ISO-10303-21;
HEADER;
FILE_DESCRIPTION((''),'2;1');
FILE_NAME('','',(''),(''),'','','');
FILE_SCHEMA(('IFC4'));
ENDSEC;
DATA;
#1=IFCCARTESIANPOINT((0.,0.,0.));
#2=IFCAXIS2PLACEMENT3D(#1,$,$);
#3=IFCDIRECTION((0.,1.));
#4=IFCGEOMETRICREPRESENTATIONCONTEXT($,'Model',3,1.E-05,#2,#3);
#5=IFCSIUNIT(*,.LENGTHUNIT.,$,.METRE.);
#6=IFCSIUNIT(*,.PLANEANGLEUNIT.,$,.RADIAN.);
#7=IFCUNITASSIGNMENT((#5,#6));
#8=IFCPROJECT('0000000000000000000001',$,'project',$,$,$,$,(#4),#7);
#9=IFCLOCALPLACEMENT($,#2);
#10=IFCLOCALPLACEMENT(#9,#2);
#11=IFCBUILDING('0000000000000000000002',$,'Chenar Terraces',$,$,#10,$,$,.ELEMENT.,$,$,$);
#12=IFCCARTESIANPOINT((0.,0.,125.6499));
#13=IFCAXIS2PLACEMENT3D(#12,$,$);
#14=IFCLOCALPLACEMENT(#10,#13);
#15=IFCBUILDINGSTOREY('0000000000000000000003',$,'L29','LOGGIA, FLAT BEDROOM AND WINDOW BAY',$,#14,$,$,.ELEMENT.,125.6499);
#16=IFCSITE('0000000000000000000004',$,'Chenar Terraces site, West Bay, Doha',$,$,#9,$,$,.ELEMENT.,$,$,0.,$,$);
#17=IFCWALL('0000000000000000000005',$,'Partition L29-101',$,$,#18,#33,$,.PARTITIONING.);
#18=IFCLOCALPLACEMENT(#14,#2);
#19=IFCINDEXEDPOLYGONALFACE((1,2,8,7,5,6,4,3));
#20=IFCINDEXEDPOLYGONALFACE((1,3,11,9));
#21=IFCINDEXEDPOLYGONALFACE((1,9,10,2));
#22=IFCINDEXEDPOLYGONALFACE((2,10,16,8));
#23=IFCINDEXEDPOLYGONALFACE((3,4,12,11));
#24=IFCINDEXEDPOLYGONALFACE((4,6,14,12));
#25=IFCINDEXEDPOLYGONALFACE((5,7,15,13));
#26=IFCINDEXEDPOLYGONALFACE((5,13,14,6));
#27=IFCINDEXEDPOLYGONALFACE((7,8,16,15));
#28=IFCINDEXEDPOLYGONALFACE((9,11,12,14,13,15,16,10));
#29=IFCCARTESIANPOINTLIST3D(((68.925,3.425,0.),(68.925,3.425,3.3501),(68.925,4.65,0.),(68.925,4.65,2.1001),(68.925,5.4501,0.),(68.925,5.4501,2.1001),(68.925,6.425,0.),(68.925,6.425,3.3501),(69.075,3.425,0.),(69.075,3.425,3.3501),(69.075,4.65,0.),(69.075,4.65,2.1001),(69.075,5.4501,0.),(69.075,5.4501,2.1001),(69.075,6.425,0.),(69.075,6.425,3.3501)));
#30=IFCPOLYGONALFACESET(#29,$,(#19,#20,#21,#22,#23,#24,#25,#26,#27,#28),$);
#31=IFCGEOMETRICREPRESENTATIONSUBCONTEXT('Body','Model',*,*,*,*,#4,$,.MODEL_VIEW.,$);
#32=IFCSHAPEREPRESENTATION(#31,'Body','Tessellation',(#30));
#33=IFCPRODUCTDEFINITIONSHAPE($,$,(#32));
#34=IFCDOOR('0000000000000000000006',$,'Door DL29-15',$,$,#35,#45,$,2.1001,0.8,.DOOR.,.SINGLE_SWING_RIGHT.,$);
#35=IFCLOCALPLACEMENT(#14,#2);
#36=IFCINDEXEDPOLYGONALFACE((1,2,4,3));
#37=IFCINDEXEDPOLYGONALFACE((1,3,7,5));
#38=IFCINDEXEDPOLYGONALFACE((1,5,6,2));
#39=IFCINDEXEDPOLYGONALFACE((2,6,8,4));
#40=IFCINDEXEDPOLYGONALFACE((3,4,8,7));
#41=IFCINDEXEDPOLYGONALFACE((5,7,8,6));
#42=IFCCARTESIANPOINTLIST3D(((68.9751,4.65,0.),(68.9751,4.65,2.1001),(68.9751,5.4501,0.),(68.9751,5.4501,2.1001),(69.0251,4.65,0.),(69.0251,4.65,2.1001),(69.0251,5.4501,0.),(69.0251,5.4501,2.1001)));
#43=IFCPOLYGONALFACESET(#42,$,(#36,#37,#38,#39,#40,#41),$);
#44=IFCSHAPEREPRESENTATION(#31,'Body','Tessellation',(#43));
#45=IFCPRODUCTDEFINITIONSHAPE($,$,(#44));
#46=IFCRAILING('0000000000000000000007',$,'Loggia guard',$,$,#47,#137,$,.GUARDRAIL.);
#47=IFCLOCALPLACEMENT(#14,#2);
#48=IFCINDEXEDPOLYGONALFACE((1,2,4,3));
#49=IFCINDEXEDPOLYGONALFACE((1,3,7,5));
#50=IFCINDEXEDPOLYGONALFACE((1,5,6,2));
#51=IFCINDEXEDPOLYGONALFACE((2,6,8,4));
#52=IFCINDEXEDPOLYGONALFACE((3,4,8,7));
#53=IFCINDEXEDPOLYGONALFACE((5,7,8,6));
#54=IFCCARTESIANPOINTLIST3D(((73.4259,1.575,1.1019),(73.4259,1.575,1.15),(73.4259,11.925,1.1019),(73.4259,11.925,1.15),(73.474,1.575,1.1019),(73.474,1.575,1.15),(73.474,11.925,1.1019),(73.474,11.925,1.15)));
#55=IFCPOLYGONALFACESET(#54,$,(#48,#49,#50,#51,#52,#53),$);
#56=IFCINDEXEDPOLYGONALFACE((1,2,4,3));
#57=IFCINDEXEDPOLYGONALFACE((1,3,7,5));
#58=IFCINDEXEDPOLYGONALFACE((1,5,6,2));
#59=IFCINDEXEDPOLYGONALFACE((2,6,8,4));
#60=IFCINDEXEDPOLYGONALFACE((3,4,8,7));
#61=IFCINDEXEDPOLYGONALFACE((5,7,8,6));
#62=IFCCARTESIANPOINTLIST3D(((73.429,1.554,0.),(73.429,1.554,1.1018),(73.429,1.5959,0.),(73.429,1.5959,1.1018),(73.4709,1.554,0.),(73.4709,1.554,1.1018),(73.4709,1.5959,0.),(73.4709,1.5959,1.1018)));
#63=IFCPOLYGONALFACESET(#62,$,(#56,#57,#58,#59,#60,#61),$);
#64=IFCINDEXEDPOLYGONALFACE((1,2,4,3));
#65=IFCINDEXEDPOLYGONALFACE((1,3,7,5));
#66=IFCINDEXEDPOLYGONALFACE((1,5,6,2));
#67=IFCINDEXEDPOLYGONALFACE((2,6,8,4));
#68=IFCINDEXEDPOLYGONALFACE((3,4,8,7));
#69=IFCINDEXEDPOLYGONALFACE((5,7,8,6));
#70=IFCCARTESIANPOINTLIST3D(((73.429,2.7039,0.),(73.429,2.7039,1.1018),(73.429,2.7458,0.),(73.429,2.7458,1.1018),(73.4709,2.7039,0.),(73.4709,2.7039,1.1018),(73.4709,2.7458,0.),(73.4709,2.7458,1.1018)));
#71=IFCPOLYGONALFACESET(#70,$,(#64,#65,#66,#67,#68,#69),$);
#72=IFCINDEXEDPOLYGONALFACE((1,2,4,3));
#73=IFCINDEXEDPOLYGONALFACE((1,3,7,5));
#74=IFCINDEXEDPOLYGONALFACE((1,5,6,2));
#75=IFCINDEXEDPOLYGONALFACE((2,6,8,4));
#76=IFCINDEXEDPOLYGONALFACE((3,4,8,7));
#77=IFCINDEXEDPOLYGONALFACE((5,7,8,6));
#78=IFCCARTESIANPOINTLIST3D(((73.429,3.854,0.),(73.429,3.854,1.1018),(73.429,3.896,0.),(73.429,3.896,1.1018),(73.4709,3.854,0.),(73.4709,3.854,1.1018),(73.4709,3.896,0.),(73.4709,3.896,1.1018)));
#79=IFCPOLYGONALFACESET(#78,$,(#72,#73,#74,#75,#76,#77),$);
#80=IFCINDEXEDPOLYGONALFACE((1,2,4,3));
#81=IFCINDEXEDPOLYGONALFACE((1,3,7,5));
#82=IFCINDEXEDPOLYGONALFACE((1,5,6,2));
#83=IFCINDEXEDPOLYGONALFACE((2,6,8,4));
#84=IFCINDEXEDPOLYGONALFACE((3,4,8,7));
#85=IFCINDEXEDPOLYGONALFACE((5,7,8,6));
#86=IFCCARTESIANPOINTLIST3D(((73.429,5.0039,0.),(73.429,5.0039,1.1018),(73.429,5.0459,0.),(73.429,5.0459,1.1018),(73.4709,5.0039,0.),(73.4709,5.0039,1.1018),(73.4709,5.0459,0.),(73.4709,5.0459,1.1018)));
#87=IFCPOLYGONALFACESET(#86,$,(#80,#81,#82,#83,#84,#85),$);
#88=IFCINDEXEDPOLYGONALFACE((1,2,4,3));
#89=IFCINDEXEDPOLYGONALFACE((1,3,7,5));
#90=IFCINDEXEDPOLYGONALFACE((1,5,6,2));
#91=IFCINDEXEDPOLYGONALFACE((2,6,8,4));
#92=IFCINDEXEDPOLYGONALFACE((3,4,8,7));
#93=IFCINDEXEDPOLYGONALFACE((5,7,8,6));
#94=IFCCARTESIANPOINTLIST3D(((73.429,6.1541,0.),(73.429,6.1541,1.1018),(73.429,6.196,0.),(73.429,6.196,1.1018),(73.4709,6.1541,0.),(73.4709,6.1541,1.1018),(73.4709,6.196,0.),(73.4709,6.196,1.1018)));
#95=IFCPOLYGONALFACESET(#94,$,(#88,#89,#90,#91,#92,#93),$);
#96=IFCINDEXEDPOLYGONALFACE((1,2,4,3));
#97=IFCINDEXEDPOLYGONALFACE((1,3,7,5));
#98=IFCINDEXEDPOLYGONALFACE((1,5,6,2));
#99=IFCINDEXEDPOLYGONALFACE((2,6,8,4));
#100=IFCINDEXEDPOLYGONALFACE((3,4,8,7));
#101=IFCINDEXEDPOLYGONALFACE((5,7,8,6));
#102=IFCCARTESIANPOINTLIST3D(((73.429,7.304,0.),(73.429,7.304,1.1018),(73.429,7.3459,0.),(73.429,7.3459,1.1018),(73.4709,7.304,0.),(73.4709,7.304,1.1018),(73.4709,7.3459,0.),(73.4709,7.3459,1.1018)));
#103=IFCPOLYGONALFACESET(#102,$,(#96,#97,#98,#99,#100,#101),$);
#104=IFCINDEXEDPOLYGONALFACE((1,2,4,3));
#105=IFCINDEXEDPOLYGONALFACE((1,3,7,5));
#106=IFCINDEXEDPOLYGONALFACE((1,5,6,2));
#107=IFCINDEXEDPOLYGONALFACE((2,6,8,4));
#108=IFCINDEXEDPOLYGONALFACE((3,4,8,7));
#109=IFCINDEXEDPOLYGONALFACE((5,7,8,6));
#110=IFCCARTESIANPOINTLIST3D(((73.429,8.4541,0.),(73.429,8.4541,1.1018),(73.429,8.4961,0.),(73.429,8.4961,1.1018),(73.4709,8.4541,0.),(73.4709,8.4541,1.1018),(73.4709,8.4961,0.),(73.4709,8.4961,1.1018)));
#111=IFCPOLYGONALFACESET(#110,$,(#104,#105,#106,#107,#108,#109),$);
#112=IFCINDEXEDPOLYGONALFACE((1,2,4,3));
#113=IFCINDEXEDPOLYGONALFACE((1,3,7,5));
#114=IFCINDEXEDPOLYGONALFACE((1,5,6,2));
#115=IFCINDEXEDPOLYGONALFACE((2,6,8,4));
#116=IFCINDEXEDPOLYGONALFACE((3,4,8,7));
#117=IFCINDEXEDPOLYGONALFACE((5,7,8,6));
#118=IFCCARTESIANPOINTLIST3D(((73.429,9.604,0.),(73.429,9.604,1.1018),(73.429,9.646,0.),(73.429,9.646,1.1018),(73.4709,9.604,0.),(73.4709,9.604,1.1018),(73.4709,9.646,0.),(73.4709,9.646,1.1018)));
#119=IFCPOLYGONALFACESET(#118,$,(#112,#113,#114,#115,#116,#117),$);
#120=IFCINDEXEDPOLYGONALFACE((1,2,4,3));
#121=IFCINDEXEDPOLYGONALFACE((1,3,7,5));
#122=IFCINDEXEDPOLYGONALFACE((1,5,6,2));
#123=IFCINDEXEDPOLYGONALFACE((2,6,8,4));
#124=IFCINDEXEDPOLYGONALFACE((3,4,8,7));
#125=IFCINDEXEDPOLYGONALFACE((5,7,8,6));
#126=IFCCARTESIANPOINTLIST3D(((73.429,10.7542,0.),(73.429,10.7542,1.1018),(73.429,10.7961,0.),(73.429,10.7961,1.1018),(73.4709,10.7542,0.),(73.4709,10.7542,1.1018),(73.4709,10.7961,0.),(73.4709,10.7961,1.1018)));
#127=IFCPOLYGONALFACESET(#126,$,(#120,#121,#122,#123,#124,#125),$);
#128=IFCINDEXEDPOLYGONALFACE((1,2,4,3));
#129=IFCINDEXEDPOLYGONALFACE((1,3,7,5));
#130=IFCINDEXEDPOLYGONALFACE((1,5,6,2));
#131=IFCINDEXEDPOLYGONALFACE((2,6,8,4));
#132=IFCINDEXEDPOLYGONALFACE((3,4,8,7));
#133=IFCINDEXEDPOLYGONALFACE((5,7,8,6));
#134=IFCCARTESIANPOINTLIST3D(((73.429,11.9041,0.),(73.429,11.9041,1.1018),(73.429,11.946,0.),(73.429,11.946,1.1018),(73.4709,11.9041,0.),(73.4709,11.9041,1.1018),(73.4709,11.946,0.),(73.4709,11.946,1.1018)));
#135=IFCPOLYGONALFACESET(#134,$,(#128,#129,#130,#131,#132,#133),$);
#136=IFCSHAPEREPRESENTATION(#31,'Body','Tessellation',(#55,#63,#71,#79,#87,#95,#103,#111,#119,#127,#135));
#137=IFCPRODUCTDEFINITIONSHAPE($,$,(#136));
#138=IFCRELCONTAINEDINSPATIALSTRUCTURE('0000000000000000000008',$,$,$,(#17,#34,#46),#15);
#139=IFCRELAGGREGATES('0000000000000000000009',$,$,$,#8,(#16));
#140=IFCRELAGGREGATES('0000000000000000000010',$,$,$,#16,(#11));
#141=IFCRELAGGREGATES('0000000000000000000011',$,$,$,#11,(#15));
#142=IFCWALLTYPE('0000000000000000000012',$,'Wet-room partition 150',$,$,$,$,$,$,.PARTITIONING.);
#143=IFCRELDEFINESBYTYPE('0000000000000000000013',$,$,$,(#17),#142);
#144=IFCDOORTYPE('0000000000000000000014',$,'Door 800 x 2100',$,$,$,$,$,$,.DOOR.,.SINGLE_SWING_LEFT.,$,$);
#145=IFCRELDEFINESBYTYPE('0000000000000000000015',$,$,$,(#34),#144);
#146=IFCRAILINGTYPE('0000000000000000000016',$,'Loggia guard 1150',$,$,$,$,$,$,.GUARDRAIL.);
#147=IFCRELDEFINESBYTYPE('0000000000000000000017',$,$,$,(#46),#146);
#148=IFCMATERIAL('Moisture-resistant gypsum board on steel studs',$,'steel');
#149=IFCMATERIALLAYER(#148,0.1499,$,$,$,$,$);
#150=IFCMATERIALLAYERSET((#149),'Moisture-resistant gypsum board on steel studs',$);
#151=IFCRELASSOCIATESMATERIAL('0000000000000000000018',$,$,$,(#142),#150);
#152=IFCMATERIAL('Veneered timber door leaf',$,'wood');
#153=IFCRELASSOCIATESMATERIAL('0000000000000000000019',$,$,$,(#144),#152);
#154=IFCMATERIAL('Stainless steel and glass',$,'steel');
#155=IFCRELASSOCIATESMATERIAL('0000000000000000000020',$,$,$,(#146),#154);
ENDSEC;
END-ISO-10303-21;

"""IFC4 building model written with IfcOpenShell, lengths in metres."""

from ifc_helpers import new_model, si_unit, direction, frame, frame_2d, origin, origin_2d, place, context, subcontext, project, spatial, rectangle, extrude, material, layer, layer_set, type_object, element, fill, save


model = new_model("IFC4")

# Units and contexts
model_context = context("Model", 3, precision=1e-05, world=origin(), true_north=direction((0.0, 1.0)))
body_context = subcontext(model_context, "Body", "Model", "MODEL_VIEW")
ifc_project = project(units=[si_unit("LENGTHUNIT", "METRE"), si_unit("PLANEANGLEUNIT", "RADIAN")], contexts=[model_context])

# Site, building, storey
site_placement = place(None, origin())
site = spatial("IfcSite", under=ifc_project, at=site_placement, Name="Chenar Terraces site, West Bay, Doha", CompositionType="ELEMENT", RefElevation=0.0)
building_placement = place(site_placement, origin())
building = spatial("IfcBuilding", under=site, at=building_placement, Name="Chenar Terraces", CompositionType="ELEMENT")
storey_placement = place(building_placement, frame((0.0, 0.0, 125.6499)))
storey = spatial("IfcBuildingStorey", under=building, at=storey_placement, Name="L29", Description="LOGGIA, FLAT BEDROOM AND WINDOW BAY", CompositionType="ELEMENT", Elevation=125.6499)

# Shared definitions
ifc_material_1 = material(Name="Moisture-resistant gypsum board on steel studs", Category="steel")
ifc_layer_1 = layer(ifc_material_1, 0.1499)
ifc_layer_set_1 = layer_set([ifc_layer_1], Name="Moisture-resistant gypsum board on steel studs")
wall_type_1 = type_object("IfcWallType", Name="Wet-room partition 150", PredefinedType="PARTITIONING", material=ifc_layer_set_1)
ifc_material_2 = material(Name="Veneered timber door leaf", Category="wood")
door_type_1 = type_object("IfcDoorType", Name="Door 800 x 2100", OperationType="SINGLE_SWING_LEFT", PredefinedType="DOOR", material=ifc_material_2)

# Wall, opening, door
wall_1_placement = place(storey_placement, frame((69.0, 3.425, 0.0), z_axis=(0.0, 0.0, 1.0), x_axis=(0.0, 1.0, 0.0)))
wall_1 = element("IfcWall", 1, at=wall_1_placement, inside=storey, type_object=wall_type_1, Name="Partition L29-101", PredefinedType="PARTITIONING", context=body_context, shape_type="SweptSolid", body=[
    extrude(rectangle(XDim=3.0, YDim=0.1499, at=frame_2d((1.5, 0.0))), origin(), (0.0, 0.0, 1.0), 3.3501),
])
opening_1_placement = place(wall_1_placement, frame((1.2251, 0.0, 0.0)))
opening_1 = element("IfcOpeningElement", 2, at=opening_1_placement, cuts=wall_1, PredefinedType="OPENING", context=body_context, shape_type="SweptSolid", body=[
    extrude(rectangle(XDim=0.8, YDim=2.1001, at=frame_2d((0.3999, 1.05))), frame((0.0, 0.085, 0.0), z_axis=(0.0, -1.0, 0.0), x_axis=(1.0, 0.0, 0.0)), (0.0, 0.0, 1.0), 0.1699),
])
door_1_placement = place(opening_1_placement, origin())
door_1 = element("IfcDoor", 3, at=door_1_placement, inside=storey, type_object=door_type_1, Name="Door DL29-15", OperationType="SINGLE_SWING_RIGHT", OverallHeight=2.1001, OverallWidth=0.8, PredefinedType="DOOR", context=body_context, shape_type="SweptSolid", body=[
    extrude(rectangle(XDim=0.8, YDim=2.1001, at=frame_2d((0.3999, 1.05))), frame((0.0, 0.0249, 0.0), z_axis=(0.0, -1.0, 0.0), x_axis=(1.0, 0.0, 0.0)), (0.0, 0.0, 1.0), 0.05),
])
fill(opening_1, door_1)

# Railing
ifc_material_3 = material(Name="Stainless steel and glass", Category="steel")
railing_type = type_object("IfcRailingType", Name="Loggia guard 1150", PredefinedType="GUARDRAIL", material=ifc_material_3)
railing_placement = place(storey_placement, frame((73.45, 1.575, 0.0)))
element("IfcRailing", 4, at=railing_placement, inside=storey, type_object=railing_type, Name="Loggia guard", PredefinedType="GUARDRAIL", context=body_context, shape_type="SweptSolid", body=[
    extrude(rectangle(XDim=0.0481, YDim=0.0481, at=origin_2d()), frame((0.0, 0.0, 1.126), z_axis=(0.0, 1.0, 0.0), x_axis=(-1.0, 0.0, 0.0)), (0.0, 0.0, 1.0), 10.3501),
    extrude(rectangle(XDim=0.042, YDim=0.042, at=origin_2d()), origin(), (0.0, 0.0, 1.0), 1.1018),
    extrude(rectangle(XDim=0.042, YDim=0.042, at=origin_2d()), frame((0.0, 1.1499, 0.0)), (0.0, 0.0, 1.0), 1.1018),
    extrude(rectangle(XDim=0.042, YDim=0.042, at=origin_2d()), frame((0.0, 2.3, 0.0)), (0.0, 0.0, 1.0), 1.1018),
    extrude(rectangle(XDim=0.042, YDim=0.042, at=origin_2d()), frame((0.0, 3.45, 0.0)), (0.0, 0.0, 1.0), 1.1018),
    extrude(rectangle(XDim=0.042, YDim=0.042, at=origin_2d()), frame((0.0, 4.6001, 0.0)), (0.0, 0.0, 1.0), 1.1018),
    extrude(rectangle(XDim=0.042, YDim=0.042, at=origin_2d()), frame((0.0, 5.75, 0.0)), (0.0, 0.0, 1.0), 1.1018),
    extrude(rectangle(XDim=0.042, YDim=0.042, at=origin_2d()), frame((0.0, 6.9001, 0.0)), (0.0, 0.0, 1.0), 1.1018),
    extrude(rectangle(XDim=0.042, YDim=0.042, at=origin_2d()), frame((0.0, 8.05, 0.0)), (0.0, 0.0, 1.0), 1.1018),
    extrude(rectangle(XDim=0.042, YDim=0.042, at=origin_2d()), frame((0.0, 9.2002, 0.0)), (0.0, 0.0, 1.0), 1.1018),
    extrude(rectangle(XDim=0.042, YDim=0.042, at=origin_2d()), frame((0.0, 10.3501, 0.0)), (0.0, 0.0, 1.0), 1.1018),
])

save(model, "model.ifc")
